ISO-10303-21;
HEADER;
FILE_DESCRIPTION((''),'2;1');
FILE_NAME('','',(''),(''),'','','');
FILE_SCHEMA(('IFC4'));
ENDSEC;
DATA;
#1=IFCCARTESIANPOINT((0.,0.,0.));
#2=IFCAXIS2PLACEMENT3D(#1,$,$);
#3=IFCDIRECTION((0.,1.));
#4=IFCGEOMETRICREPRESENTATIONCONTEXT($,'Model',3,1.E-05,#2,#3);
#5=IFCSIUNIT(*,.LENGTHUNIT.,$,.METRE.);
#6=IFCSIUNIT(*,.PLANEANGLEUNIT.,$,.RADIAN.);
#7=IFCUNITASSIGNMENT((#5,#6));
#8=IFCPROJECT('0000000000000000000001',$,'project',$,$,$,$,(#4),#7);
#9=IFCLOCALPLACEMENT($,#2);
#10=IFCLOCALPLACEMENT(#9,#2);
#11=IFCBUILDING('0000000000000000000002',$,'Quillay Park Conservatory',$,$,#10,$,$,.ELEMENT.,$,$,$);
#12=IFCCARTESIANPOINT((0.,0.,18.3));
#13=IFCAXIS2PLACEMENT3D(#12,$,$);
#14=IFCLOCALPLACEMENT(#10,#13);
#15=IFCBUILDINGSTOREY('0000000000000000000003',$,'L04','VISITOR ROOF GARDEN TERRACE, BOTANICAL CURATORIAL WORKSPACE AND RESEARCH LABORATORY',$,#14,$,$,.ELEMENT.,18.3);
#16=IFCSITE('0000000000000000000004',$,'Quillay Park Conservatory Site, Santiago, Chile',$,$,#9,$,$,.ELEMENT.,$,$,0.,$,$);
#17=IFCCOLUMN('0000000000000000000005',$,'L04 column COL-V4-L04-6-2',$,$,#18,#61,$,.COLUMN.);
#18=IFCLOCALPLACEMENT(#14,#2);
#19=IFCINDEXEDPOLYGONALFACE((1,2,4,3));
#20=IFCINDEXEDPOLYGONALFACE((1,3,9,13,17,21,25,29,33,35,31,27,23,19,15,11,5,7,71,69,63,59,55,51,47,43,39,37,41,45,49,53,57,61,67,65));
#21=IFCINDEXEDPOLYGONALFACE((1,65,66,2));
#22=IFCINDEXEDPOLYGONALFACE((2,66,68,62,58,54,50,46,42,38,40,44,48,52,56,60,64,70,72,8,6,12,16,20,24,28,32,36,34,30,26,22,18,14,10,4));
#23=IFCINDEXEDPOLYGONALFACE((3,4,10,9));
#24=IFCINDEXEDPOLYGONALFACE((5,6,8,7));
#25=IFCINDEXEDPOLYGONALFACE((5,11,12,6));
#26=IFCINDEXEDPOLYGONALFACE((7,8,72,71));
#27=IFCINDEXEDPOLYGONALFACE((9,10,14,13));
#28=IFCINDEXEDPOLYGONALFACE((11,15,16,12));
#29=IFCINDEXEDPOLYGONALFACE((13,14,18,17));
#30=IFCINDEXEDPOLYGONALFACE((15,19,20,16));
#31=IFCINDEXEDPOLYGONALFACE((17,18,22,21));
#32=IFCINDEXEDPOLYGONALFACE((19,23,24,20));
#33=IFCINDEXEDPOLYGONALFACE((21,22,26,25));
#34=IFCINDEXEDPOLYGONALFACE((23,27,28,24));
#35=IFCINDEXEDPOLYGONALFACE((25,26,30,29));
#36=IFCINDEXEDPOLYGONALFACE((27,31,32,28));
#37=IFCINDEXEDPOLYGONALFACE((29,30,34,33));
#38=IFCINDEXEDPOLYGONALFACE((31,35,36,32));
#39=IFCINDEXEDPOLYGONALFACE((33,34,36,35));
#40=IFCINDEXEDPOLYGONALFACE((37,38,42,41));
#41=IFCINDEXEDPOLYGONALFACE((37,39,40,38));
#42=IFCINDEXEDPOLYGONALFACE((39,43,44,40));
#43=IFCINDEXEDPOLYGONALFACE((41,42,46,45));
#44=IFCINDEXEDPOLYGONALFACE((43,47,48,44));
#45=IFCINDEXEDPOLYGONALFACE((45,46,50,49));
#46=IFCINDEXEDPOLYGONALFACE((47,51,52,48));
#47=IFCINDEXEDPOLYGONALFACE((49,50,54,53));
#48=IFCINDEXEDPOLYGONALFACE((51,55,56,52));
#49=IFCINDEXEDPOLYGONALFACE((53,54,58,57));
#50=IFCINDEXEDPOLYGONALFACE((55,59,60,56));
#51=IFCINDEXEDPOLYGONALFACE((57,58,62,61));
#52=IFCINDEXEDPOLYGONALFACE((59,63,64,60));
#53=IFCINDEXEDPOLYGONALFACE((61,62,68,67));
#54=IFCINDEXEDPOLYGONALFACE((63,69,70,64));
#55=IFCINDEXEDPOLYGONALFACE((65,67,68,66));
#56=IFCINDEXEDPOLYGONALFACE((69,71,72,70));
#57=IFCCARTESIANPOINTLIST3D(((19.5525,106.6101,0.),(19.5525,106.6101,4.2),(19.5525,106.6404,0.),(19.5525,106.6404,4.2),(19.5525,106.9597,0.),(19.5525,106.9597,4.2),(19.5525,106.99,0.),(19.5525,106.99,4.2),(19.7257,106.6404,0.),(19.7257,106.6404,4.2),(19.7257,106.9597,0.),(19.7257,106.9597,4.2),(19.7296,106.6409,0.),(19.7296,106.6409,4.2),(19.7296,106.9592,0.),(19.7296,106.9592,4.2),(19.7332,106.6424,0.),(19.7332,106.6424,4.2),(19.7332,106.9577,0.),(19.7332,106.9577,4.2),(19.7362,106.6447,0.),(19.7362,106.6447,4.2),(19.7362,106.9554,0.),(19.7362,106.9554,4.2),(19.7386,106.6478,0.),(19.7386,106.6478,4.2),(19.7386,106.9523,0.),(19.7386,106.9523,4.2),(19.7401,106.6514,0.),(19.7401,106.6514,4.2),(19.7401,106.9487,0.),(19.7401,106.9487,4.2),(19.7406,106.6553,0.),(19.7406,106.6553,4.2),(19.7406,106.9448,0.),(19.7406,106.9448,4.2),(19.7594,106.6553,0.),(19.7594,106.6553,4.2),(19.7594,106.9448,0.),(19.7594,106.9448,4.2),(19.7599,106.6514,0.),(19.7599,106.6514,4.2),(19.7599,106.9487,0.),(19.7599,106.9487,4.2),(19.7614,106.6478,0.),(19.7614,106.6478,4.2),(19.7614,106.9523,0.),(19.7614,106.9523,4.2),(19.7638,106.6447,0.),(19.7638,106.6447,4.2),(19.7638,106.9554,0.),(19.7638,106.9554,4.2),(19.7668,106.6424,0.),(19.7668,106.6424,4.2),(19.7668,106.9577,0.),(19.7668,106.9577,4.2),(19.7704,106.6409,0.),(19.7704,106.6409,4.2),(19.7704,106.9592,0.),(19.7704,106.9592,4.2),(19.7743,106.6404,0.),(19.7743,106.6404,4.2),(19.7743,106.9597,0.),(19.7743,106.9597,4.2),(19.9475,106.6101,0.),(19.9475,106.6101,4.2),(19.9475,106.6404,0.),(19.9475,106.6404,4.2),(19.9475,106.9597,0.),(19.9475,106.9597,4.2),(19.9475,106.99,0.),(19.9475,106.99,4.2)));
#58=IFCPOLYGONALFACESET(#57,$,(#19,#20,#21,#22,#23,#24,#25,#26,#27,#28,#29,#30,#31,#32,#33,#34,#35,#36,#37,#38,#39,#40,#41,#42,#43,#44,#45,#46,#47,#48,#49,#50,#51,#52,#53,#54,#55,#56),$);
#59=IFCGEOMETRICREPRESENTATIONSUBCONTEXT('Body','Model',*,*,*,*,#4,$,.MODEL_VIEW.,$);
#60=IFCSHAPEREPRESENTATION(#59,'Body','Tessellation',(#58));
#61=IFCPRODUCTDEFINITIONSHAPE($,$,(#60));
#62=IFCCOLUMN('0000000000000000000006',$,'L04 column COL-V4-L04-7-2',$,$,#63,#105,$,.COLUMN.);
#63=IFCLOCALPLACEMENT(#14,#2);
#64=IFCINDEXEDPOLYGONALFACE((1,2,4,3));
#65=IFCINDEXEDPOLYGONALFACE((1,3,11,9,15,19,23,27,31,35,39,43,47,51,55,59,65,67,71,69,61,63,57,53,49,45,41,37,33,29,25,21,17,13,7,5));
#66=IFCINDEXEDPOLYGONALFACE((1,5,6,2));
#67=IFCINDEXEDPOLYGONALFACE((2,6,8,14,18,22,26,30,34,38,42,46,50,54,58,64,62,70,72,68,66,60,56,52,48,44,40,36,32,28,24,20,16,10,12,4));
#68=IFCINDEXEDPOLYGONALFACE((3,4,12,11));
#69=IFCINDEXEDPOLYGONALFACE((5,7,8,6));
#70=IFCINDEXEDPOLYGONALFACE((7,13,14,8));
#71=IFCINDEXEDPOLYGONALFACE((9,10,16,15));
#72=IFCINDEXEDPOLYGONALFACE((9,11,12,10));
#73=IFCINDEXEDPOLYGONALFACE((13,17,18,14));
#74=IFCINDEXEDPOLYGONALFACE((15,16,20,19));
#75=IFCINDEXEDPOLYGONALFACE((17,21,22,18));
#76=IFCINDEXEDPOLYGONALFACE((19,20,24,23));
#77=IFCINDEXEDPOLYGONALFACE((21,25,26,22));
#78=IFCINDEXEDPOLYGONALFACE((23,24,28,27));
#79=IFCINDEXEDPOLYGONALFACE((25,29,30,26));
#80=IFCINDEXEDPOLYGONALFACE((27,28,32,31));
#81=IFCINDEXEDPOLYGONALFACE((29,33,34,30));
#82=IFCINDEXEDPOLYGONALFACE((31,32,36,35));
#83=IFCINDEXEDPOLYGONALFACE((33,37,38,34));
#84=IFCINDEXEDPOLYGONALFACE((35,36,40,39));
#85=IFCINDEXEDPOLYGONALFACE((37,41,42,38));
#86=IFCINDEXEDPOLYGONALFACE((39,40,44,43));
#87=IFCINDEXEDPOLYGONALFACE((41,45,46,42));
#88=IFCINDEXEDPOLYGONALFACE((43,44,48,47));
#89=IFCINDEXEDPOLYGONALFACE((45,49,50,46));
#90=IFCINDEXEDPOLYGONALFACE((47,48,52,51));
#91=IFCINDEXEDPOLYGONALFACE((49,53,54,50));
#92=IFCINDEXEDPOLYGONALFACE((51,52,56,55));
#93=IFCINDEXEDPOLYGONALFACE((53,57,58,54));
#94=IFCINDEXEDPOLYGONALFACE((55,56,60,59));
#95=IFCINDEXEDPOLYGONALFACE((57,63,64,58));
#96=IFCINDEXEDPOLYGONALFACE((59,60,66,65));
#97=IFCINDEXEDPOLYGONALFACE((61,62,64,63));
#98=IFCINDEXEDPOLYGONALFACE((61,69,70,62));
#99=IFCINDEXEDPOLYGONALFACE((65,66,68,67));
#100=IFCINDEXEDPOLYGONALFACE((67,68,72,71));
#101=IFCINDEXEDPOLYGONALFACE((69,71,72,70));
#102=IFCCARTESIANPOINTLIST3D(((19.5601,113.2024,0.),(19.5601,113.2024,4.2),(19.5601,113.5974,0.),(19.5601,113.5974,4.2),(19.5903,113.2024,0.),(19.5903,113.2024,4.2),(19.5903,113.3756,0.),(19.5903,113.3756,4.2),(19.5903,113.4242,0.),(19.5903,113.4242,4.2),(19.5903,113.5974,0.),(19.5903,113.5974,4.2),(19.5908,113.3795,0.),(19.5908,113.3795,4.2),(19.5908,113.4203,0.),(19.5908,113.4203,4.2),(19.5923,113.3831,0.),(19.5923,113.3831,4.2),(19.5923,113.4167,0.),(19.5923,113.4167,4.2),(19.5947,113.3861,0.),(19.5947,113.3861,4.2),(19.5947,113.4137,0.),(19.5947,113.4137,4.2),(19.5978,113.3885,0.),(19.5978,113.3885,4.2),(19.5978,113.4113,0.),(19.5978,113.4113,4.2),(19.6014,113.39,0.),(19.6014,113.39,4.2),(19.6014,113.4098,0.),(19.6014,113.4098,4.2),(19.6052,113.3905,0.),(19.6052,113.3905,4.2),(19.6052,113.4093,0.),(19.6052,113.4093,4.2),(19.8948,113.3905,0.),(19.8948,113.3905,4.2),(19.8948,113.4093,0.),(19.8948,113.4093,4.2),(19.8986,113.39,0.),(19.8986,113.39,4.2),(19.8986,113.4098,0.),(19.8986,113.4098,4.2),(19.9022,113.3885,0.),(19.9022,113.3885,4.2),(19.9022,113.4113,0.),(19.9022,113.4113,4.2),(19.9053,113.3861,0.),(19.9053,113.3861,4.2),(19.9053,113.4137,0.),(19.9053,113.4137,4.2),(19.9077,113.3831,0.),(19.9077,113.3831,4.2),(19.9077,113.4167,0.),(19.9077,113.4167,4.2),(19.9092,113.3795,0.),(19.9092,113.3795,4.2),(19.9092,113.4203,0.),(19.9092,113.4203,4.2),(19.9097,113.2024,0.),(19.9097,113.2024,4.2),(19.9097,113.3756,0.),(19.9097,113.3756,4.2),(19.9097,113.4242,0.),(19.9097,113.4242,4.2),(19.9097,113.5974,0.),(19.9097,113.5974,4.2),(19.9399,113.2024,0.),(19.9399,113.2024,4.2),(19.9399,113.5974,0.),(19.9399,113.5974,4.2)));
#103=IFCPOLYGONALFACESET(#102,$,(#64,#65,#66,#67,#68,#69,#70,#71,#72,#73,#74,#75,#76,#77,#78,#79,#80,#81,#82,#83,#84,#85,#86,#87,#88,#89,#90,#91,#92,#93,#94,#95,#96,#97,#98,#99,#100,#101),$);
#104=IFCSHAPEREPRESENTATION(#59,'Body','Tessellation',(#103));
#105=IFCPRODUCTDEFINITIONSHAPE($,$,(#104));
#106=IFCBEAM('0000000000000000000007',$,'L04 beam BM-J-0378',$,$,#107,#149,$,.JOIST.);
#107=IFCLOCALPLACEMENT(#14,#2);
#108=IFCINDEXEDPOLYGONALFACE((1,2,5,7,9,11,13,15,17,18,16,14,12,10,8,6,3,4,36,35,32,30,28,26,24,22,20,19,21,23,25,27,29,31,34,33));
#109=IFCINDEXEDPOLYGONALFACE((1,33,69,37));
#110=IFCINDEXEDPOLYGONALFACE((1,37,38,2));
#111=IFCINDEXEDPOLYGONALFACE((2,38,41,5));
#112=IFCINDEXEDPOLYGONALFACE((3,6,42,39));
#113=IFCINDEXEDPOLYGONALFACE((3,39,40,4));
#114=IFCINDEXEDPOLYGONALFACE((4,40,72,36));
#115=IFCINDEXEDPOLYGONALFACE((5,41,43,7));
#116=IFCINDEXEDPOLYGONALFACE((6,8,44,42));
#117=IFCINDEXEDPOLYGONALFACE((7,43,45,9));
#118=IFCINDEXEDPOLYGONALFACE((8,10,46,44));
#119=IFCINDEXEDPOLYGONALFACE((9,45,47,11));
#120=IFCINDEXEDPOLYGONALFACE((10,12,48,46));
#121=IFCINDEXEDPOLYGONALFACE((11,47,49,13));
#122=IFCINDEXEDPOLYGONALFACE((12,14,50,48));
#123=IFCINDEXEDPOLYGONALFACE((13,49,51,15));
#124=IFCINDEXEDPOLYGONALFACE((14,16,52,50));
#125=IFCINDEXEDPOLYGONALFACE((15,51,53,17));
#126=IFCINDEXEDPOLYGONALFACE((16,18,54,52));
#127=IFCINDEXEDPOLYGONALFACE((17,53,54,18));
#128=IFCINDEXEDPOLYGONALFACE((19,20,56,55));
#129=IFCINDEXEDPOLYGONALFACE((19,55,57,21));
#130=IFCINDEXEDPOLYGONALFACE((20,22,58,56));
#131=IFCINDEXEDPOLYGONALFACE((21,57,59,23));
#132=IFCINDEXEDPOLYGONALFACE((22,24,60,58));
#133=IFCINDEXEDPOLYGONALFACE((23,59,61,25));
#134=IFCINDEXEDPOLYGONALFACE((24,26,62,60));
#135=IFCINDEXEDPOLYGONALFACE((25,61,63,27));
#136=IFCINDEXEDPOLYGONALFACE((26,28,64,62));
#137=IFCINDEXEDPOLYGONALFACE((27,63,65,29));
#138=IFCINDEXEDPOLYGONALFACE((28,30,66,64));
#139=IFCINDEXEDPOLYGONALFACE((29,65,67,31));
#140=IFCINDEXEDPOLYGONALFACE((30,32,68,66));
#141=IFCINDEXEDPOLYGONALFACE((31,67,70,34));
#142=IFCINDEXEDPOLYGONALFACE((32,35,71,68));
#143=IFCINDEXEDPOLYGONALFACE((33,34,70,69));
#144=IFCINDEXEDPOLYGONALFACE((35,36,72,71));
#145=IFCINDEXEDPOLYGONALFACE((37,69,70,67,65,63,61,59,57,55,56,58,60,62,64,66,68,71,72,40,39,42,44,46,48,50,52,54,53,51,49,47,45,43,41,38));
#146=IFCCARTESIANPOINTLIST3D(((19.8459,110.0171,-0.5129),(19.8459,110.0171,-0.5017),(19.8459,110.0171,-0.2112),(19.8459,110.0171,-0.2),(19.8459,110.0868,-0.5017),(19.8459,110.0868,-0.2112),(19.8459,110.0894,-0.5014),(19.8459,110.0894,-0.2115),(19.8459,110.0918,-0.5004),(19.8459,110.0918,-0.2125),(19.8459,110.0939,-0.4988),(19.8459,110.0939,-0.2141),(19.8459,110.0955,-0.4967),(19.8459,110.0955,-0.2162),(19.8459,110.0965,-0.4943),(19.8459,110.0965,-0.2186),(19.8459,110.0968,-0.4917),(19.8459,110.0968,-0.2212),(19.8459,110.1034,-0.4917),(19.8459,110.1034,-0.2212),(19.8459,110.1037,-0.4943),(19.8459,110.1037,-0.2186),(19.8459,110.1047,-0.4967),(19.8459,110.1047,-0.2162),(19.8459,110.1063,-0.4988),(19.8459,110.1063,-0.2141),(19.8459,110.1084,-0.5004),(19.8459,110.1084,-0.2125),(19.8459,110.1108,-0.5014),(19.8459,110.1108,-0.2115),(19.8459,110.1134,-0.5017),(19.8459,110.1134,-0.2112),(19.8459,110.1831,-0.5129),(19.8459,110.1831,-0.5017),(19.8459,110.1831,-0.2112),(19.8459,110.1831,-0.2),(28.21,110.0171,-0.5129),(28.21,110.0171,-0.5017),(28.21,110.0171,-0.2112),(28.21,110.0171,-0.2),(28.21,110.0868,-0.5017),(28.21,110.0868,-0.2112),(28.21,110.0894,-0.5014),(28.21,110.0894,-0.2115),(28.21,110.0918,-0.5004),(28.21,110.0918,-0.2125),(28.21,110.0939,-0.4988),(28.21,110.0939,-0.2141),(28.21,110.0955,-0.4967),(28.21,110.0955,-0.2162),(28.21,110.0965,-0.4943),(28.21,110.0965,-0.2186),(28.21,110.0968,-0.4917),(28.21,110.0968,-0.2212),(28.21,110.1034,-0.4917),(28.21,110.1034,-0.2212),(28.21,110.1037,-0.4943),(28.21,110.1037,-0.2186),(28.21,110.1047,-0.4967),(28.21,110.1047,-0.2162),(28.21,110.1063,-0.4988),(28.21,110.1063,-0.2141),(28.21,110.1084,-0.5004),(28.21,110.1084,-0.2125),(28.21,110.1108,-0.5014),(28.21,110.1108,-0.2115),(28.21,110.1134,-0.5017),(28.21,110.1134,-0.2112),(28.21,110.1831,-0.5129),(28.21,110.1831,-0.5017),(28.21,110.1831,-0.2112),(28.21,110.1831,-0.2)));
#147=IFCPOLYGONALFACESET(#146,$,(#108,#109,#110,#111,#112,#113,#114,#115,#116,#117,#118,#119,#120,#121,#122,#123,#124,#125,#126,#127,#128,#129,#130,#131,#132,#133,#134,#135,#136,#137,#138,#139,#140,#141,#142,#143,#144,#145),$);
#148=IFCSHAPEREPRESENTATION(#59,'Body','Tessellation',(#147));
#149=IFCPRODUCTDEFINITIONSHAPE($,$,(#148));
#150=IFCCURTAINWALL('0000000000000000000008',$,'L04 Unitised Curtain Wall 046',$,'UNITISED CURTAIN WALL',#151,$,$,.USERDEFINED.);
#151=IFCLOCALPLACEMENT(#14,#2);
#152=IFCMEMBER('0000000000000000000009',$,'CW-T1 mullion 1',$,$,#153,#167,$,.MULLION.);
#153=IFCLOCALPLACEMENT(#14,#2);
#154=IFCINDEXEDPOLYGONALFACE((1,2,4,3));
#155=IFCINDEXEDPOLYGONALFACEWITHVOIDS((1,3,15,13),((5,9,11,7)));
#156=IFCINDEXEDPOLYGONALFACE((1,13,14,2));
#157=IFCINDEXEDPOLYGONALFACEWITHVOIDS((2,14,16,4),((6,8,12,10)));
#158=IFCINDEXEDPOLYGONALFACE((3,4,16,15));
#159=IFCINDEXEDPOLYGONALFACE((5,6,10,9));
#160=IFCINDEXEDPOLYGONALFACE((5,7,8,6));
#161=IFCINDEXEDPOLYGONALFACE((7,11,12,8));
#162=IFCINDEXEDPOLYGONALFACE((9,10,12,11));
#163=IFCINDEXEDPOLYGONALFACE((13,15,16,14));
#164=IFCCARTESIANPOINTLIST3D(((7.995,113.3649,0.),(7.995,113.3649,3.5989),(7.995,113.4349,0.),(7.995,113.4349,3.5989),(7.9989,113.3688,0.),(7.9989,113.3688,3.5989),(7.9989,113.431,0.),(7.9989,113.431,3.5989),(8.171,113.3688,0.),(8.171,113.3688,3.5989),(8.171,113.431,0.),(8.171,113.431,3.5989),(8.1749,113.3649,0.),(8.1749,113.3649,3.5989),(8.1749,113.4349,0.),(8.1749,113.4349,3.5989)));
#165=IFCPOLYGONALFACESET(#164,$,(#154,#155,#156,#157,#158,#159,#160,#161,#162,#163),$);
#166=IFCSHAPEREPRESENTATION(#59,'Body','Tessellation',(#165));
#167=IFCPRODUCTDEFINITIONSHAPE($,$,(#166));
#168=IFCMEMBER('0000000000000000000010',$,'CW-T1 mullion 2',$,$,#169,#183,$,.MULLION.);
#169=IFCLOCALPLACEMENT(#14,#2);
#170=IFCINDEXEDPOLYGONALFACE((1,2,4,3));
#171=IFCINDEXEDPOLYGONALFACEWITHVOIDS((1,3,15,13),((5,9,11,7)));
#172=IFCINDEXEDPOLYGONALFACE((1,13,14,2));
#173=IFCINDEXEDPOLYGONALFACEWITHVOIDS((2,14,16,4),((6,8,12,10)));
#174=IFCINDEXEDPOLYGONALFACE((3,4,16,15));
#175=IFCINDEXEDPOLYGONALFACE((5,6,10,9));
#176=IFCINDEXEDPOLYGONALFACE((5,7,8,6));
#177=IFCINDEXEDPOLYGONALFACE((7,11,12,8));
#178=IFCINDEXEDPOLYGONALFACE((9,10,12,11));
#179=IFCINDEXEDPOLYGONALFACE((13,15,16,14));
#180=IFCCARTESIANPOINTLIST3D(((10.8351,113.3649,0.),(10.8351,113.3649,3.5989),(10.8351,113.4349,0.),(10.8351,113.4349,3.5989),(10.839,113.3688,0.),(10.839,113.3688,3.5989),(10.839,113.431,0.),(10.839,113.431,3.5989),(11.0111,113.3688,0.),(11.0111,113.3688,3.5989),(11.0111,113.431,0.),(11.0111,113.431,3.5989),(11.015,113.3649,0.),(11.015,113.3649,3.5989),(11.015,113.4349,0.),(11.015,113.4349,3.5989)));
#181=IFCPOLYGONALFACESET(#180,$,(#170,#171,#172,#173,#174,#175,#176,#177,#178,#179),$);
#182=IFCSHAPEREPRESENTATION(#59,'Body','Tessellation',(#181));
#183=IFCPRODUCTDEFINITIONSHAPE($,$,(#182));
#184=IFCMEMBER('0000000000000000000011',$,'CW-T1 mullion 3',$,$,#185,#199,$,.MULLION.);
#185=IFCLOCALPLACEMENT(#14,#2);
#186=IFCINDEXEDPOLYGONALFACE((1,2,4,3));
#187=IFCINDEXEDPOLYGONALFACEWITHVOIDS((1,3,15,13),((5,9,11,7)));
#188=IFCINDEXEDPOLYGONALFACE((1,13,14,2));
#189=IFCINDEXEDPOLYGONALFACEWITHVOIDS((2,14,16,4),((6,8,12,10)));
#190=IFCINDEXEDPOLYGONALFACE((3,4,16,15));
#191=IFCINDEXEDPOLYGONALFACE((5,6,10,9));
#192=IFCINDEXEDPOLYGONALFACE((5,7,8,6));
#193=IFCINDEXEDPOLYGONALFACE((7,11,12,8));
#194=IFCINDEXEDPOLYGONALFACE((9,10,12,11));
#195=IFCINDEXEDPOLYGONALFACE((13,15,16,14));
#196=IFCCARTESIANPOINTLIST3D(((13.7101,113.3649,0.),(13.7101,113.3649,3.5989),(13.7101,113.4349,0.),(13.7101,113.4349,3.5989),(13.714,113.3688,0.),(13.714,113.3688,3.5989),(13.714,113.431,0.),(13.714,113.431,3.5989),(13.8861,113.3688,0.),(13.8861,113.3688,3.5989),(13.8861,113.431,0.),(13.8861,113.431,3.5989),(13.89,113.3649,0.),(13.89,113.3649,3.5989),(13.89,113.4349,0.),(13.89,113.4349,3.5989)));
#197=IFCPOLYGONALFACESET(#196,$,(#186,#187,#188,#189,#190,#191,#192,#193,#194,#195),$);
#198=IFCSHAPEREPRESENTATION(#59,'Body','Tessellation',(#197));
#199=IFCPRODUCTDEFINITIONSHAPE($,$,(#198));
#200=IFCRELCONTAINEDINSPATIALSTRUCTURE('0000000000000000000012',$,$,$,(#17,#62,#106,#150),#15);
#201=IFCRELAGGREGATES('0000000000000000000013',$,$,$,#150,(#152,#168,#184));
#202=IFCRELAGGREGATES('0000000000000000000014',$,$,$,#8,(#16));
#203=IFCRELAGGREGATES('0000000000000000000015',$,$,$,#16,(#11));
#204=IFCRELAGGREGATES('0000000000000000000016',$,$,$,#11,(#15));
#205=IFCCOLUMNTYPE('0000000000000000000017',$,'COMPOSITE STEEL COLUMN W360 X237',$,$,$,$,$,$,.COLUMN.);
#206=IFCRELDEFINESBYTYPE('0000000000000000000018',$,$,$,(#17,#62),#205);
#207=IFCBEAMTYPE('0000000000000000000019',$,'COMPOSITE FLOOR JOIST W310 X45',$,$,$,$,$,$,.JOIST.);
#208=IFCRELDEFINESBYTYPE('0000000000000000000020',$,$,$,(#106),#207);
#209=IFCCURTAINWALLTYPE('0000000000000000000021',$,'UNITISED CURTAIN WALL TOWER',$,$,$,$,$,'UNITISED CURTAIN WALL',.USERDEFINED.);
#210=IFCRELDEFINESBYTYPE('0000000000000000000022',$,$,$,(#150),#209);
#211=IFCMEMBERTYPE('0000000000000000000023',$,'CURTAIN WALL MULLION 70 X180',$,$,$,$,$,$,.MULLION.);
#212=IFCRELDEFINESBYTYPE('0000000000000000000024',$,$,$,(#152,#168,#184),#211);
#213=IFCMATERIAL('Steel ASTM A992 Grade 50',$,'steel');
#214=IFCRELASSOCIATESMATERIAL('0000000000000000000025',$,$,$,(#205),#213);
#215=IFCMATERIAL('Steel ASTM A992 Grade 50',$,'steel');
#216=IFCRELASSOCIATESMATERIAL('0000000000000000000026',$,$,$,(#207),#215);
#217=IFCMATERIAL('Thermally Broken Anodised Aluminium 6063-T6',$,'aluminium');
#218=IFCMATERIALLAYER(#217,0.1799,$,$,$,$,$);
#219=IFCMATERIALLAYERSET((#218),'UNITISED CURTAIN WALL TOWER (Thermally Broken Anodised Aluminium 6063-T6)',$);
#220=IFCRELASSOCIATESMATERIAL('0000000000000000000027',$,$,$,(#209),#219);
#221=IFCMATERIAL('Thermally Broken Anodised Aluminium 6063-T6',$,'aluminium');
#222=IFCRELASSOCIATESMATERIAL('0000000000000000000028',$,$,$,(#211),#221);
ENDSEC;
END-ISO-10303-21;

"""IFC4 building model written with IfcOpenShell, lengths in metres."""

from ifc_helpers import new_model, si_unit, direction, frame, origin, origin_2d, place, context, subcontext, project, spatial, hollow_rectangle, i_section, extrude, material, layer, layer_set, material_profile, profile_set, type_object, element, aggregate, save


model = new_model("IFC4")

# Units and contexts
model_context = context("Model", 3, precision=1e-05, world=origin(), true_north=direction((0.0, 1.0)))
body_context = subcontext(model_context, "Body", "Model", "MODEL_VIEW")
ifc_project = project(units=[si_unit("LENGTHUNIT", "METRE"), si_unit("PLANEANGLEUNIT", "RADIAN")], contexts=[model_context])

# Site, building, storey
site_placement = place(None, origin())
site = spatial("IfcSite", under=ifc_project, at=site_placement, Name="Quillay Park Conservatory Site, Santiago, Chile", CompositionType="ELEMENT", RefElevation=0.0)
building_placement = place(site_placement, origin())
building = spatial("IfcBuilding", under=site, at=building_placement, Name="Quillay Park Conservatory", CompositionType="ELEMENT")
storey_placement = place(building_placement, frame((0.0, 0.0, 18.3)))
storey = spatial("IfcBuildingStorey", under=building, at=storey_placement, Name="L04", Description="VISITOR ROOF GARDEN TERRACE, BOTANICAL CURATORIAL WORKSPACE AND RESEARCH LABORATORY", CompositionType="ELEMENT", Elevation=18.3)

# Columns
ifc_material_1 = material(Name="Steel ASTM A992 Grade 50", Category="steel")
ifc_material_profile_1 = material_profile(ifc_material_1, i_section(OverallWidth=0.395, OverallDepth=0.3799, WebThickness=0.0188, FlangeThickness=0.0303, FilletRadius=0.0149, at=origin_2d()), Name="W360x237")
ifc_profile_set_1 = profile_set([ifc_material_profile_1], Name="Steel ASTM A992 Grade 50")
column_type = type_object("IfcColumnType", Name="COMPOSITE STEEL COLUMN W360 X237", PredefinedType="COLUMN", material=ifc_profile_set_1)
for number, where, z_axis, x_axis, name in (
    (1, (19.75, 106.8, 0.0), (0.0, 0.0, 1.0), (1.0, 0.0, 0.0), "L04 column COL-V4-L04-6-2"),
    (2, (19.75, 113.3999, 0.0), (0.0, 0.0, 1.0), (0.0, 1.0, 0.0), "L04 column COL-V4-L04-7-2"),
):
    element("IfcColumn", number, at=place(storey_placement, frame(where, z_axis=z_axis, x_axis=x_axis)), inside=storey, type_object=column_type, Name=name, PredefinedType="COLUMN", context=body_context, shape_type="SweptSolid", body=[
        extrude(i_section(OverallWidth=0.395, OverallDepth=0.3799, WebThickness=0.0188, FlangeThickness=0.0303, FilletRadius=0.0149, at=origin_2d()), origin(), (0.0, 0.0, 1.0), 4.2),
    ])

# Beam
ifc_material_2 = material(Name="Steel ASTM A992 Grade 50", Category="steel")
ifc_material_profile_2 = material_profile(ifc_material_2, i_section(OverallWidth=0.166, OverallDepth=0.313, WebThickness=0.0066, FlangeThickness=0.0112, FilletRadius=0.01, at=origin_2d()), Name="W310x45")
ifc_profile_set_2 = profile_set([ifc_material_profile_2], Name="Steel ASTM A992 Grade 50")
beam_type_1 = type_object("IfcBeamType", Name="COMPOSITE FLOOR JOIST W310 X45", PredefinedType="JOIST", material=ifc_profile_set_2)
beam_1_placement = place(storey_placement, frame((19.8459, 110.1001, -0.3564), z_axis=(1.0, 0.0, 0.0), x_axis=(0.0, 1.0, 0.0)))
element("IfcBeam", 3, at=beam_1_placement, inside=storey, type_object=beam_type_1, Name="L04 beam BM-J-0378", PredefinedType="JOIST", context=body_context, shape_type="SweptSolid", body=[
    extrude(i_section(OverallWidth=0.166, OverallDepth=0.313, WebThickness=0.0066, FlangeThickness=0.0112, FilletRadius=0.01, at=origin_2d()), origin(), (0.0, 0.0, 1.0), 8.364),
])

# Curtain wall, members
ifc_material_3 = material(Name="Thermally Broken Anodised Aluminium 6063-T6", Category="aluminium")
ifc_layer_1 = layer(ifc_material_3, 0.1799)
ifc_layer_set_1 = layer_set([ifc_layer_1], Name="UNITISED CURTAIN WALL TOWER (Thermally Broken Anodised Aluminium 6063-T6)")
curtain_wall_type = type_object("IfcCurtainWallType", Name="UNITISED CURTAIN WALL TOWER", ElementType="UNITISED CURTAIN WALL", PredefinedType="USERDEFINED", material=ifc_layer_set_1)
curtain_wall_placement = place(storey_placement, origin())
curtain_wall = element("IfcCurtainWall", 4, at=curtain_wall_placement, inside=storey, type_object=curtain_wall_type, Name="L04 Unitised Curtain Wall 046", ObjectType="UNITISED CURTAIN WALL", PredefinedType="USERDEFINED")
ifc_material_4 = material(Name="Thermally Broken Anodised Aluminium 6063-T6", Category="aluminium")
ifc_material_profile_3 = material_profile(ifc_material_4, hollow_rectangle(XDim=0.0701, YDim=0.1799, WallThickness=0.0039, at=origin_2d()), Name="AL70x180x4")
ifc_profile_set_3 = profile_set([ifc_material_profile_3], Name="Thermally Broken Anodised Aluminium 6063-T6")
member_type_1 = type_object("IfcMemberType", Name="CURTAIN WALL MULLION 70 X180", PredefinedType="MULLION", material=ifc_profile_set_3)
member_1_placement = place(storey_placement, frame((8.085, 113.3999, 0.0), z_axis=(0.0, 0.0, 1.0), x_axis=(0.0, 1.0, 0.0)))
member_1 = element("IfcMember", 5, at=member_1_placement, type_object=member_type_1, Name="CW-T1 mullion 1", PredefinedType="MULLION", context=body_context, shape_type="SweptSolid", body=[
    extrude(hollow_rectangle(XDim=0.0701, YDim=0.1799, WallThickness=0.0039, at=origin_2d()), origin(), (0.0, 0.0, 1.0), 3.5989),
])
member_2_placement = place(storey_placement, frame((10.925, 113.3999, 0.0), z_axis=(0.0, 0.0, 1.0), x_axis=(0.0, 1.0, 0.0)))
member_2 = element("IfcMember", 6, at=member_2_placement, type_object=member_type_1, Name="CW-T1 mullion 2", PredefinedType="MULLION", context=body_context, shape_type="SweptSolid", body=[
    extrude(hollow_rectangle(XDim=0.0701, YDim=0.1799, WallThickness=0.0039, at=origin_2d()), origin(), (0.0, 0.0, 1.0), 3.5989),
])
member_3_placement = place(storey_placement, frame((13.8, 113.3999, 0.0), z_axis=(0.0, 0.0, 1.0), x_axis=(0.0, 1.0, 0.0)))
member_3 = element("IfcMember", 7, at=member_3_placement, type_object=member_type_1, Name="CW-T1 mullion 3", PredefinedType="MULLION", context=body_context, shape_type="SweptSolid", body=[
    extrude(hollow_rectangle(XDim=0.0701, YDim=0.1799, WallThickness=0.0039, at=origin_2d()), origin(), (0.0, 0.0, 1.0), 3.5989),
])

aggregate(curtain_wall, [member_1, member_2, member_3])

save(model, "model.ifc")
